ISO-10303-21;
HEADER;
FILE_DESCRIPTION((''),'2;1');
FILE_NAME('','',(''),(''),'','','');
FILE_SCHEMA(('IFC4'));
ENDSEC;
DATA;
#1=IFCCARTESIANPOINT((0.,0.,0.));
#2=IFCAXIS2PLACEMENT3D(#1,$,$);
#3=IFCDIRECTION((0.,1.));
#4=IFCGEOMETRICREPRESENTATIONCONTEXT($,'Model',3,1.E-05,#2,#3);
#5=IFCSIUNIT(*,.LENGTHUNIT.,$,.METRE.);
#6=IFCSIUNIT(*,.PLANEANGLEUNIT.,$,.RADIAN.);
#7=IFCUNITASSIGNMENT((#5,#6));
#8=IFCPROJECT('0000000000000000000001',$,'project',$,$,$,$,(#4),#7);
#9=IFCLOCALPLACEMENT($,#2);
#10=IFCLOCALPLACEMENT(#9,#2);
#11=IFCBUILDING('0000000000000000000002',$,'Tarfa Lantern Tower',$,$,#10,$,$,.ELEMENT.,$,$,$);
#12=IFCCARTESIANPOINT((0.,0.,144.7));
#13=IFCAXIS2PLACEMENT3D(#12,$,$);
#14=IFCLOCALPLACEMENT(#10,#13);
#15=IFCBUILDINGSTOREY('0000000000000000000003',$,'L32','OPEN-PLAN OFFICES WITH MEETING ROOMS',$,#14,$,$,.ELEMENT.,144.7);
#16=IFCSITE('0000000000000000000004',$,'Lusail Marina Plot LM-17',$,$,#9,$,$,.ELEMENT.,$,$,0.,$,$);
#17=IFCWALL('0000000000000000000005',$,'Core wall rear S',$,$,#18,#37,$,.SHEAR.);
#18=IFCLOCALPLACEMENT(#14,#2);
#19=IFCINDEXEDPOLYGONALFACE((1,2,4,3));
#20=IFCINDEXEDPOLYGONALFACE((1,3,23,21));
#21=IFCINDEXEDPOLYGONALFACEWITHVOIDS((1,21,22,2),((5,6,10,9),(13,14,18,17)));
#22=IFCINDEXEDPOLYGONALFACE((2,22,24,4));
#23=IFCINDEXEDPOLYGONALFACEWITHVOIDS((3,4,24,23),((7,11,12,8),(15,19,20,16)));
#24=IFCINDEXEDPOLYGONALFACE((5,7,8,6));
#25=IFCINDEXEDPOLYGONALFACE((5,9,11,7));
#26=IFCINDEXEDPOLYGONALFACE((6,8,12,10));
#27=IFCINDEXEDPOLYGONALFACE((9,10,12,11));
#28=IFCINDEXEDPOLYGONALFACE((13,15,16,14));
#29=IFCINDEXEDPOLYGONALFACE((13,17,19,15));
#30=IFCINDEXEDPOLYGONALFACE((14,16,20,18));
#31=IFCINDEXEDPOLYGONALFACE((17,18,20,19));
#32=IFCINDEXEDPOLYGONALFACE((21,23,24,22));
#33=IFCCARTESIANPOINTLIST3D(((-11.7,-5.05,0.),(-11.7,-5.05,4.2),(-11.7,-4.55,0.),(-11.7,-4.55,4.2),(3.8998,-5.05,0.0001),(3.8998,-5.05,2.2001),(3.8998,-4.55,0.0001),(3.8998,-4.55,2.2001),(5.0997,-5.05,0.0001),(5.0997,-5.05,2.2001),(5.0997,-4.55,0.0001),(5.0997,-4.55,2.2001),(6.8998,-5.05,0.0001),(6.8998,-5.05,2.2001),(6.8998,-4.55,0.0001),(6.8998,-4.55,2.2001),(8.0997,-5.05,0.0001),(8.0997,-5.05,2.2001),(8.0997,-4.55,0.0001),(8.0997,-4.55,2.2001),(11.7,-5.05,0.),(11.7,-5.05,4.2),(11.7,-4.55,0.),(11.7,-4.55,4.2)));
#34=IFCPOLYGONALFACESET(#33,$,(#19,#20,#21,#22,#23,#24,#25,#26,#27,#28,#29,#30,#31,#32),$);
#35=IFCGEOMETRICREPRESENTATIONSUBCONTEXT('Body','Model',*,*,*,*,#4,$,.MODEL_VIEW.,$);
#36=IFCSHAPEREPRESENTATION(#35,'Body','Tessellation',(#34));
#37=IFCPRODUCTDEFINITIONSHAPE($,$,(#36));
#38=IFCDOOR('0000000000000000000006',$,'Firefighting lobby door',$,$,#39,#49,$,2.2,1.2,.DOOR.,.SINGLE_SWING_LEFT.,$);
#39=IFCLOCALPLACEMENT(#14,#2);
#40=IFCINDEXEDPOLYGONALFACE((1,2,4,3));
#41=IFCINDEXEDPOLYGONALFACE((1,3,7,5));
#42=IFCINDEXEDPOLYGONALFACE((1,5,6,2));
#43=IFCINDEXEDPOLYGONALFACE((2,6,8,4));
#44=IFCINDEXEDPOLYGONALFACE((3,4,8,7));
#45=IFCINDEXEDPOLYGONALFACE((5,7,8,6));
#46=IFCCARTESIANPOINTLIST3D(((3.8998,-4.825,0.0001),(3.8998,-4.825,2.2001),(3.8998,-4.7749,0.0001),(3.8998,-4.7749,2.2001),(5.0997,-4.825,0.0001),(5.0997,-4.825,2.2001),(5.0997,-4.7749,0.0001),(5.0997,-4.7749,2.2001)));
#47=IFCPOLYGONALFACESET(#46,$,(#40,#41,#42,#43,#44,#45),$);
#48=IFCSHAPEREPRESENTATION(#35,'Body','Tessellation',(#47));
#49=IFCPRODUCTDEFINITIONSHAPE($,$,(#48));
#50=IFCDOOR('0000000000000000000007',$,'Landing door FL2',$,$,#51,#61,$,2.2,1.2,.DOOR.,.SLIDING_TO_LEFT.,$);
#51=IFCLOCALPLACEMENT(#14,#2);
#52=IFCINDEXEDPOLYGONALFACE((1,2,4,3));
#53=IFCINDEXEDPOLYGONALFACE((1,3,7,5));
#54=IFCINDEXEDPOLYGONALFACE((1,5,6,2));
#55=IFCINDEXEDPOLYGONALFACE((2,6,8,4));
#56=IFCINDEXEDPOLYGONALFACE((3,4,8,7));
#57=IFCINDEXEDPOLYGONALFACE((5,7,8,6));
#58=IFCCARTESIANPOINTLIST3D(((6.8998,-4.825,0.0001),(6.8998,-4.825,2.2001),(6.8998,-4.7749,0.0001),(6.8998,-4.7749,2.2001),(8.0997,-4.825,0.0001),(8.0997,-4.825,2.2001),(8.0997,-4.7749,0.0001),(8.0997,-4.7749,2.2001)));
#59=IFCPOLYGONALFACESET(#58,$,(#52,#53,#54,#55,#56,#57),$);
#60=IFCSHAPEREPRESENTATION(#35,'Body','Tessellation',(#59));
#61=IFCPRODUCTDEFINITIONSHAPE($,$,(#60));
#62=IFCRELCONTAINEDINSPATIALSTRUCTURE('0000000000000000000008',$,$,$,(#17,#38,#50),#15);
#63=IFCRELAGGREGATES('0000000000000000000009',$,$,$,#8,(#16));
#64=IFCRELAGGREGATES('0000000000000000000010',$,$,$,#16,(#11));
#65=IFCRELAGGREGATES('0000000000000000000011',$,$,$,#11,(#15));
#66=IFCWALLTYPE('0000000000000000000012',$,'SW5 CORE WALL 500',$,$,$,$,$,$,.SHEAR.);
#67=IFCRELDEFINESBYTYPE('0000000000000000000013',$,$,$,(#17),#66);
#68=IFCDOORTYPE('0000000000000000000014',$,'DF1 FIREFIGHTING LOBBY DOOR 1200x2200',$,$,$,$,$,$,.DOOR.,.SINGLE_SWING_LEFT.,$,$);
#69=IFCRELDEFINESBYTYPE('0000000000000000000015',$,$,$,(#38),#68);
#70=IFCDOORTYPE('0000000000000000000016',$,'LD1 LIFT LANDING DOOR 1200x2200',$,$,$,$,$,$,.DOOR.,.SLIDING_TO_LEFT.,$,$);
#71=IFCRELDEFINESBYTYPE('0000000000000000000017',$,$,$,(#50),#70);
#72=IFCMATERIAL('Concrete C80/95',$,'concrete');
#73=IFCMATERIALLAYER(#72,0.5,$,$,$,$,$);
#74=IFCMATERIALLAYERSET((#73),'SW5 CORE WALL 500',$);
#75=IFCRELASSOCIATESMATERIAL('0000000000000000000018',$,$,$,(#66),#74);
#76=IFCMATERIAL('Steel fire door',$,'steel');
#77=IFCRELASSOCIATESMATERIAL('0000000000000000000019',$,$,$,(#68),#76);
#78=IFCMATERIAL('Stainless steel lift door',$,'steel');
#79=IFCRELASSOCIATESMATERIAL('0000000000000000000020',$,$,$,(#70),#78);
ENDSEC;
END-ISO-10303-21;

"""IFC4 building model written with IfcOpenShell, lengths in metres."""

from ifc_helpers import new_model, si_unit, direction, frame, frame_2d, origin, place, context, subcontext, project, spatial, rectangle, extrude, material, layer, layer_set, type_object, element, fill, save


model = new_model("IFC4")

# Units and contexts
model_context = context("Model", 3, precision=1e-05, world=origin(), true_north=direction((0.0, 1.0)))
body_context = subcontext(model_context, "Body", "Model", "MODEL_VIEW")
ifc_project = project(units=[si_unit("LENGTHUNIT", "METRE"), si_unit("PLANEANGLEUNIT", "RADIAN")], contexts=[model_context])

# Site, building, storey
site_placement = place(None, origin())
site = spatial("IfcSite", under=ifc_project, at=site_placement, Name="Lusail Marina Plot LM-17", CompositionType="ELEMENT", RefElevation=0.0)
building_placement = place(site_placement, origin())
building = spatial("IfcBuilding", under=site, at=building_placement, Name="Tarfa Lantern Tower", CompositionType="ELEMENT")
storey_placement = place(building_placement, frame((0.0, 0.0, 144.7)))
storey = spatial("IfcBuildingStorey", under=building, at=storey_placement, Name="L32", Description="OPEN-PLAN OFFICES WITH MEETING ROOMS", CompositionType="ELEMENT", Elevation=144.7)

# Shared definitions
ifc_material_1 = material(Name="Concrete C80/95", Category="concrete")

# Shared definitions
ifc_material_2 = material(Name="Steel fire door", Category="steel")
ifc_layer_1 = layer(ifc_material_1, 0.5)
ifc_layer_set_1 = layer_set([ifc_layer_1], Name="SW5 CORE WALL 500")
wall_type_1 = type_object("IfcWallType", Name="SW5 CORE WALL 500", PredefinedType="SHEAR", material=ifc_layer_set_1)

# Wall, openings, doors
wall_1_placement = place(storey_placement, frame((11.7, -4.8, 0.0), z_axis=(0.0, 0.0, 1.0), x_axis=(-1.0, 0.0, 0.0)))
wall_1 = element("IfcWall", 1, at=wall_1_placement, inside=storey, type_object=wall_type_1, Name="Core wall rear S", PredefinedType="SHEAR", context=body_context, shape_type="SweptSolid", body=[
    extrude(rectangle(XDim=23.3999, YDim=0.5, at=frame_2d((11.7, 0.0))), origin(), (0.0, 0.0, 1.0), 4.2),
])
opening_1_placement = place(wall_1_placement, frame((6.6001, 0.0, 0.0)))
opening_1 = element("IfcOpeningElement", 2, at=opening_1_placement, cuts=wall_1, PredefinedType="OPENING", context=body_context, shape_type="SweptSolid", body=[
    extrude(rectangle(XDim=1.2, YDim=2.2, at=frame_2d((0.6001, 1.1001))), frame((0.0, 0.26, 0.0), z_axis=(0.0, -1.0, 0.0), x_axis=(1.0, 0.0, 0.0)), (0.0, 0.0, 1.0), 0.52),
])
opening_2_placement = place(wall_1_placement, frame((3.6001, 0.0, 0.0)))
opening_2 = element("IfcOpeningElement", 3, at=opening_2_placement, cuts=wall_1, PredefinedType="OPENING", context=body_context, shape_type="SweptSolid", body=[
    extrude(rectangle(XDim=1.2, YDim=2.2, at=frame_2d((0.6001, 1.1001))), frame((0.0, 0.26, 0.0), z_axis=(0.0, -1.0, 0.0), x_axis=(1.0, 0.0, 0.0)), (0.0, 0.0, 1.0), 0.52),
])
door_type_1 = type_object("IfcDoorType", Name="DF1 FIREFIGHTING LOBBY DOOR 1200x2200", OperationType="SINGLE_SWING_LEFT", PredefinedType="DOOR", material=ifc_material_2)
door_1_placement = place(opening_1_placement, origin())
door_1 = element("IfcDoor", 4, at=door_1_placement, inside=storey, type_object=door_type_1, Name="Firefighting lobby door", OperationType="SINGLE_SWING_LEFT", OverallHeight=2.2, OverallWidth=1.2, PredefinedType="DOOR", context=body_context, shape_type="SweptSolid", body=[
    extrude(rectangle(XDim=1.2, YDim=2.2, at=frame_2d((0.6001, 1.1001))), frame((0.0, 0.0249, 0.0), z_axis=(0.0, -1.0, 0.0), x_axis=(1.0, 0.0, 0.0)), (0.0, 0.0, 1.0), 0.05),
])
fill(opening_1, door_1)
ifc_material_3 = material(Name="Stainless steel lift door", Category="steel")
door_type_2 = type_object("IfcDoorType", Name="LD1 LIFT LANDING DOOR 1200x2200", OperationType="SLIDING_TO_LEFT", PredefinedType="DOOR", material=ifc_material_3)
door_2_placement = place(opening_2_placement, origin())
door_2 = element("IfcDoor", 5, at=door_2_placement, inside=storey, type_object=door_type_2, Name="Landing door FL2", OperationType="SLIDING_TO_LEFT", OverallHeight=2.2, OverallWidth=1.2, PredefinedType="DOOR", context=body_context, shape_type="SweptSolid", body=[
    extrude(rectangle(XDim=1.2, YDim=2.2, at=frame_2d((0.6001, 1.1001))), frame((0.0, 0.0249, 0.0), z_axis=(0.0, -1.0, 0.0), x_axis=(1.0, 0.0, 0.0)), (0.0, 0.0, 1.0), 0.05),
])
fill(opening_2, door_2)

save(model, "model.ifc")
